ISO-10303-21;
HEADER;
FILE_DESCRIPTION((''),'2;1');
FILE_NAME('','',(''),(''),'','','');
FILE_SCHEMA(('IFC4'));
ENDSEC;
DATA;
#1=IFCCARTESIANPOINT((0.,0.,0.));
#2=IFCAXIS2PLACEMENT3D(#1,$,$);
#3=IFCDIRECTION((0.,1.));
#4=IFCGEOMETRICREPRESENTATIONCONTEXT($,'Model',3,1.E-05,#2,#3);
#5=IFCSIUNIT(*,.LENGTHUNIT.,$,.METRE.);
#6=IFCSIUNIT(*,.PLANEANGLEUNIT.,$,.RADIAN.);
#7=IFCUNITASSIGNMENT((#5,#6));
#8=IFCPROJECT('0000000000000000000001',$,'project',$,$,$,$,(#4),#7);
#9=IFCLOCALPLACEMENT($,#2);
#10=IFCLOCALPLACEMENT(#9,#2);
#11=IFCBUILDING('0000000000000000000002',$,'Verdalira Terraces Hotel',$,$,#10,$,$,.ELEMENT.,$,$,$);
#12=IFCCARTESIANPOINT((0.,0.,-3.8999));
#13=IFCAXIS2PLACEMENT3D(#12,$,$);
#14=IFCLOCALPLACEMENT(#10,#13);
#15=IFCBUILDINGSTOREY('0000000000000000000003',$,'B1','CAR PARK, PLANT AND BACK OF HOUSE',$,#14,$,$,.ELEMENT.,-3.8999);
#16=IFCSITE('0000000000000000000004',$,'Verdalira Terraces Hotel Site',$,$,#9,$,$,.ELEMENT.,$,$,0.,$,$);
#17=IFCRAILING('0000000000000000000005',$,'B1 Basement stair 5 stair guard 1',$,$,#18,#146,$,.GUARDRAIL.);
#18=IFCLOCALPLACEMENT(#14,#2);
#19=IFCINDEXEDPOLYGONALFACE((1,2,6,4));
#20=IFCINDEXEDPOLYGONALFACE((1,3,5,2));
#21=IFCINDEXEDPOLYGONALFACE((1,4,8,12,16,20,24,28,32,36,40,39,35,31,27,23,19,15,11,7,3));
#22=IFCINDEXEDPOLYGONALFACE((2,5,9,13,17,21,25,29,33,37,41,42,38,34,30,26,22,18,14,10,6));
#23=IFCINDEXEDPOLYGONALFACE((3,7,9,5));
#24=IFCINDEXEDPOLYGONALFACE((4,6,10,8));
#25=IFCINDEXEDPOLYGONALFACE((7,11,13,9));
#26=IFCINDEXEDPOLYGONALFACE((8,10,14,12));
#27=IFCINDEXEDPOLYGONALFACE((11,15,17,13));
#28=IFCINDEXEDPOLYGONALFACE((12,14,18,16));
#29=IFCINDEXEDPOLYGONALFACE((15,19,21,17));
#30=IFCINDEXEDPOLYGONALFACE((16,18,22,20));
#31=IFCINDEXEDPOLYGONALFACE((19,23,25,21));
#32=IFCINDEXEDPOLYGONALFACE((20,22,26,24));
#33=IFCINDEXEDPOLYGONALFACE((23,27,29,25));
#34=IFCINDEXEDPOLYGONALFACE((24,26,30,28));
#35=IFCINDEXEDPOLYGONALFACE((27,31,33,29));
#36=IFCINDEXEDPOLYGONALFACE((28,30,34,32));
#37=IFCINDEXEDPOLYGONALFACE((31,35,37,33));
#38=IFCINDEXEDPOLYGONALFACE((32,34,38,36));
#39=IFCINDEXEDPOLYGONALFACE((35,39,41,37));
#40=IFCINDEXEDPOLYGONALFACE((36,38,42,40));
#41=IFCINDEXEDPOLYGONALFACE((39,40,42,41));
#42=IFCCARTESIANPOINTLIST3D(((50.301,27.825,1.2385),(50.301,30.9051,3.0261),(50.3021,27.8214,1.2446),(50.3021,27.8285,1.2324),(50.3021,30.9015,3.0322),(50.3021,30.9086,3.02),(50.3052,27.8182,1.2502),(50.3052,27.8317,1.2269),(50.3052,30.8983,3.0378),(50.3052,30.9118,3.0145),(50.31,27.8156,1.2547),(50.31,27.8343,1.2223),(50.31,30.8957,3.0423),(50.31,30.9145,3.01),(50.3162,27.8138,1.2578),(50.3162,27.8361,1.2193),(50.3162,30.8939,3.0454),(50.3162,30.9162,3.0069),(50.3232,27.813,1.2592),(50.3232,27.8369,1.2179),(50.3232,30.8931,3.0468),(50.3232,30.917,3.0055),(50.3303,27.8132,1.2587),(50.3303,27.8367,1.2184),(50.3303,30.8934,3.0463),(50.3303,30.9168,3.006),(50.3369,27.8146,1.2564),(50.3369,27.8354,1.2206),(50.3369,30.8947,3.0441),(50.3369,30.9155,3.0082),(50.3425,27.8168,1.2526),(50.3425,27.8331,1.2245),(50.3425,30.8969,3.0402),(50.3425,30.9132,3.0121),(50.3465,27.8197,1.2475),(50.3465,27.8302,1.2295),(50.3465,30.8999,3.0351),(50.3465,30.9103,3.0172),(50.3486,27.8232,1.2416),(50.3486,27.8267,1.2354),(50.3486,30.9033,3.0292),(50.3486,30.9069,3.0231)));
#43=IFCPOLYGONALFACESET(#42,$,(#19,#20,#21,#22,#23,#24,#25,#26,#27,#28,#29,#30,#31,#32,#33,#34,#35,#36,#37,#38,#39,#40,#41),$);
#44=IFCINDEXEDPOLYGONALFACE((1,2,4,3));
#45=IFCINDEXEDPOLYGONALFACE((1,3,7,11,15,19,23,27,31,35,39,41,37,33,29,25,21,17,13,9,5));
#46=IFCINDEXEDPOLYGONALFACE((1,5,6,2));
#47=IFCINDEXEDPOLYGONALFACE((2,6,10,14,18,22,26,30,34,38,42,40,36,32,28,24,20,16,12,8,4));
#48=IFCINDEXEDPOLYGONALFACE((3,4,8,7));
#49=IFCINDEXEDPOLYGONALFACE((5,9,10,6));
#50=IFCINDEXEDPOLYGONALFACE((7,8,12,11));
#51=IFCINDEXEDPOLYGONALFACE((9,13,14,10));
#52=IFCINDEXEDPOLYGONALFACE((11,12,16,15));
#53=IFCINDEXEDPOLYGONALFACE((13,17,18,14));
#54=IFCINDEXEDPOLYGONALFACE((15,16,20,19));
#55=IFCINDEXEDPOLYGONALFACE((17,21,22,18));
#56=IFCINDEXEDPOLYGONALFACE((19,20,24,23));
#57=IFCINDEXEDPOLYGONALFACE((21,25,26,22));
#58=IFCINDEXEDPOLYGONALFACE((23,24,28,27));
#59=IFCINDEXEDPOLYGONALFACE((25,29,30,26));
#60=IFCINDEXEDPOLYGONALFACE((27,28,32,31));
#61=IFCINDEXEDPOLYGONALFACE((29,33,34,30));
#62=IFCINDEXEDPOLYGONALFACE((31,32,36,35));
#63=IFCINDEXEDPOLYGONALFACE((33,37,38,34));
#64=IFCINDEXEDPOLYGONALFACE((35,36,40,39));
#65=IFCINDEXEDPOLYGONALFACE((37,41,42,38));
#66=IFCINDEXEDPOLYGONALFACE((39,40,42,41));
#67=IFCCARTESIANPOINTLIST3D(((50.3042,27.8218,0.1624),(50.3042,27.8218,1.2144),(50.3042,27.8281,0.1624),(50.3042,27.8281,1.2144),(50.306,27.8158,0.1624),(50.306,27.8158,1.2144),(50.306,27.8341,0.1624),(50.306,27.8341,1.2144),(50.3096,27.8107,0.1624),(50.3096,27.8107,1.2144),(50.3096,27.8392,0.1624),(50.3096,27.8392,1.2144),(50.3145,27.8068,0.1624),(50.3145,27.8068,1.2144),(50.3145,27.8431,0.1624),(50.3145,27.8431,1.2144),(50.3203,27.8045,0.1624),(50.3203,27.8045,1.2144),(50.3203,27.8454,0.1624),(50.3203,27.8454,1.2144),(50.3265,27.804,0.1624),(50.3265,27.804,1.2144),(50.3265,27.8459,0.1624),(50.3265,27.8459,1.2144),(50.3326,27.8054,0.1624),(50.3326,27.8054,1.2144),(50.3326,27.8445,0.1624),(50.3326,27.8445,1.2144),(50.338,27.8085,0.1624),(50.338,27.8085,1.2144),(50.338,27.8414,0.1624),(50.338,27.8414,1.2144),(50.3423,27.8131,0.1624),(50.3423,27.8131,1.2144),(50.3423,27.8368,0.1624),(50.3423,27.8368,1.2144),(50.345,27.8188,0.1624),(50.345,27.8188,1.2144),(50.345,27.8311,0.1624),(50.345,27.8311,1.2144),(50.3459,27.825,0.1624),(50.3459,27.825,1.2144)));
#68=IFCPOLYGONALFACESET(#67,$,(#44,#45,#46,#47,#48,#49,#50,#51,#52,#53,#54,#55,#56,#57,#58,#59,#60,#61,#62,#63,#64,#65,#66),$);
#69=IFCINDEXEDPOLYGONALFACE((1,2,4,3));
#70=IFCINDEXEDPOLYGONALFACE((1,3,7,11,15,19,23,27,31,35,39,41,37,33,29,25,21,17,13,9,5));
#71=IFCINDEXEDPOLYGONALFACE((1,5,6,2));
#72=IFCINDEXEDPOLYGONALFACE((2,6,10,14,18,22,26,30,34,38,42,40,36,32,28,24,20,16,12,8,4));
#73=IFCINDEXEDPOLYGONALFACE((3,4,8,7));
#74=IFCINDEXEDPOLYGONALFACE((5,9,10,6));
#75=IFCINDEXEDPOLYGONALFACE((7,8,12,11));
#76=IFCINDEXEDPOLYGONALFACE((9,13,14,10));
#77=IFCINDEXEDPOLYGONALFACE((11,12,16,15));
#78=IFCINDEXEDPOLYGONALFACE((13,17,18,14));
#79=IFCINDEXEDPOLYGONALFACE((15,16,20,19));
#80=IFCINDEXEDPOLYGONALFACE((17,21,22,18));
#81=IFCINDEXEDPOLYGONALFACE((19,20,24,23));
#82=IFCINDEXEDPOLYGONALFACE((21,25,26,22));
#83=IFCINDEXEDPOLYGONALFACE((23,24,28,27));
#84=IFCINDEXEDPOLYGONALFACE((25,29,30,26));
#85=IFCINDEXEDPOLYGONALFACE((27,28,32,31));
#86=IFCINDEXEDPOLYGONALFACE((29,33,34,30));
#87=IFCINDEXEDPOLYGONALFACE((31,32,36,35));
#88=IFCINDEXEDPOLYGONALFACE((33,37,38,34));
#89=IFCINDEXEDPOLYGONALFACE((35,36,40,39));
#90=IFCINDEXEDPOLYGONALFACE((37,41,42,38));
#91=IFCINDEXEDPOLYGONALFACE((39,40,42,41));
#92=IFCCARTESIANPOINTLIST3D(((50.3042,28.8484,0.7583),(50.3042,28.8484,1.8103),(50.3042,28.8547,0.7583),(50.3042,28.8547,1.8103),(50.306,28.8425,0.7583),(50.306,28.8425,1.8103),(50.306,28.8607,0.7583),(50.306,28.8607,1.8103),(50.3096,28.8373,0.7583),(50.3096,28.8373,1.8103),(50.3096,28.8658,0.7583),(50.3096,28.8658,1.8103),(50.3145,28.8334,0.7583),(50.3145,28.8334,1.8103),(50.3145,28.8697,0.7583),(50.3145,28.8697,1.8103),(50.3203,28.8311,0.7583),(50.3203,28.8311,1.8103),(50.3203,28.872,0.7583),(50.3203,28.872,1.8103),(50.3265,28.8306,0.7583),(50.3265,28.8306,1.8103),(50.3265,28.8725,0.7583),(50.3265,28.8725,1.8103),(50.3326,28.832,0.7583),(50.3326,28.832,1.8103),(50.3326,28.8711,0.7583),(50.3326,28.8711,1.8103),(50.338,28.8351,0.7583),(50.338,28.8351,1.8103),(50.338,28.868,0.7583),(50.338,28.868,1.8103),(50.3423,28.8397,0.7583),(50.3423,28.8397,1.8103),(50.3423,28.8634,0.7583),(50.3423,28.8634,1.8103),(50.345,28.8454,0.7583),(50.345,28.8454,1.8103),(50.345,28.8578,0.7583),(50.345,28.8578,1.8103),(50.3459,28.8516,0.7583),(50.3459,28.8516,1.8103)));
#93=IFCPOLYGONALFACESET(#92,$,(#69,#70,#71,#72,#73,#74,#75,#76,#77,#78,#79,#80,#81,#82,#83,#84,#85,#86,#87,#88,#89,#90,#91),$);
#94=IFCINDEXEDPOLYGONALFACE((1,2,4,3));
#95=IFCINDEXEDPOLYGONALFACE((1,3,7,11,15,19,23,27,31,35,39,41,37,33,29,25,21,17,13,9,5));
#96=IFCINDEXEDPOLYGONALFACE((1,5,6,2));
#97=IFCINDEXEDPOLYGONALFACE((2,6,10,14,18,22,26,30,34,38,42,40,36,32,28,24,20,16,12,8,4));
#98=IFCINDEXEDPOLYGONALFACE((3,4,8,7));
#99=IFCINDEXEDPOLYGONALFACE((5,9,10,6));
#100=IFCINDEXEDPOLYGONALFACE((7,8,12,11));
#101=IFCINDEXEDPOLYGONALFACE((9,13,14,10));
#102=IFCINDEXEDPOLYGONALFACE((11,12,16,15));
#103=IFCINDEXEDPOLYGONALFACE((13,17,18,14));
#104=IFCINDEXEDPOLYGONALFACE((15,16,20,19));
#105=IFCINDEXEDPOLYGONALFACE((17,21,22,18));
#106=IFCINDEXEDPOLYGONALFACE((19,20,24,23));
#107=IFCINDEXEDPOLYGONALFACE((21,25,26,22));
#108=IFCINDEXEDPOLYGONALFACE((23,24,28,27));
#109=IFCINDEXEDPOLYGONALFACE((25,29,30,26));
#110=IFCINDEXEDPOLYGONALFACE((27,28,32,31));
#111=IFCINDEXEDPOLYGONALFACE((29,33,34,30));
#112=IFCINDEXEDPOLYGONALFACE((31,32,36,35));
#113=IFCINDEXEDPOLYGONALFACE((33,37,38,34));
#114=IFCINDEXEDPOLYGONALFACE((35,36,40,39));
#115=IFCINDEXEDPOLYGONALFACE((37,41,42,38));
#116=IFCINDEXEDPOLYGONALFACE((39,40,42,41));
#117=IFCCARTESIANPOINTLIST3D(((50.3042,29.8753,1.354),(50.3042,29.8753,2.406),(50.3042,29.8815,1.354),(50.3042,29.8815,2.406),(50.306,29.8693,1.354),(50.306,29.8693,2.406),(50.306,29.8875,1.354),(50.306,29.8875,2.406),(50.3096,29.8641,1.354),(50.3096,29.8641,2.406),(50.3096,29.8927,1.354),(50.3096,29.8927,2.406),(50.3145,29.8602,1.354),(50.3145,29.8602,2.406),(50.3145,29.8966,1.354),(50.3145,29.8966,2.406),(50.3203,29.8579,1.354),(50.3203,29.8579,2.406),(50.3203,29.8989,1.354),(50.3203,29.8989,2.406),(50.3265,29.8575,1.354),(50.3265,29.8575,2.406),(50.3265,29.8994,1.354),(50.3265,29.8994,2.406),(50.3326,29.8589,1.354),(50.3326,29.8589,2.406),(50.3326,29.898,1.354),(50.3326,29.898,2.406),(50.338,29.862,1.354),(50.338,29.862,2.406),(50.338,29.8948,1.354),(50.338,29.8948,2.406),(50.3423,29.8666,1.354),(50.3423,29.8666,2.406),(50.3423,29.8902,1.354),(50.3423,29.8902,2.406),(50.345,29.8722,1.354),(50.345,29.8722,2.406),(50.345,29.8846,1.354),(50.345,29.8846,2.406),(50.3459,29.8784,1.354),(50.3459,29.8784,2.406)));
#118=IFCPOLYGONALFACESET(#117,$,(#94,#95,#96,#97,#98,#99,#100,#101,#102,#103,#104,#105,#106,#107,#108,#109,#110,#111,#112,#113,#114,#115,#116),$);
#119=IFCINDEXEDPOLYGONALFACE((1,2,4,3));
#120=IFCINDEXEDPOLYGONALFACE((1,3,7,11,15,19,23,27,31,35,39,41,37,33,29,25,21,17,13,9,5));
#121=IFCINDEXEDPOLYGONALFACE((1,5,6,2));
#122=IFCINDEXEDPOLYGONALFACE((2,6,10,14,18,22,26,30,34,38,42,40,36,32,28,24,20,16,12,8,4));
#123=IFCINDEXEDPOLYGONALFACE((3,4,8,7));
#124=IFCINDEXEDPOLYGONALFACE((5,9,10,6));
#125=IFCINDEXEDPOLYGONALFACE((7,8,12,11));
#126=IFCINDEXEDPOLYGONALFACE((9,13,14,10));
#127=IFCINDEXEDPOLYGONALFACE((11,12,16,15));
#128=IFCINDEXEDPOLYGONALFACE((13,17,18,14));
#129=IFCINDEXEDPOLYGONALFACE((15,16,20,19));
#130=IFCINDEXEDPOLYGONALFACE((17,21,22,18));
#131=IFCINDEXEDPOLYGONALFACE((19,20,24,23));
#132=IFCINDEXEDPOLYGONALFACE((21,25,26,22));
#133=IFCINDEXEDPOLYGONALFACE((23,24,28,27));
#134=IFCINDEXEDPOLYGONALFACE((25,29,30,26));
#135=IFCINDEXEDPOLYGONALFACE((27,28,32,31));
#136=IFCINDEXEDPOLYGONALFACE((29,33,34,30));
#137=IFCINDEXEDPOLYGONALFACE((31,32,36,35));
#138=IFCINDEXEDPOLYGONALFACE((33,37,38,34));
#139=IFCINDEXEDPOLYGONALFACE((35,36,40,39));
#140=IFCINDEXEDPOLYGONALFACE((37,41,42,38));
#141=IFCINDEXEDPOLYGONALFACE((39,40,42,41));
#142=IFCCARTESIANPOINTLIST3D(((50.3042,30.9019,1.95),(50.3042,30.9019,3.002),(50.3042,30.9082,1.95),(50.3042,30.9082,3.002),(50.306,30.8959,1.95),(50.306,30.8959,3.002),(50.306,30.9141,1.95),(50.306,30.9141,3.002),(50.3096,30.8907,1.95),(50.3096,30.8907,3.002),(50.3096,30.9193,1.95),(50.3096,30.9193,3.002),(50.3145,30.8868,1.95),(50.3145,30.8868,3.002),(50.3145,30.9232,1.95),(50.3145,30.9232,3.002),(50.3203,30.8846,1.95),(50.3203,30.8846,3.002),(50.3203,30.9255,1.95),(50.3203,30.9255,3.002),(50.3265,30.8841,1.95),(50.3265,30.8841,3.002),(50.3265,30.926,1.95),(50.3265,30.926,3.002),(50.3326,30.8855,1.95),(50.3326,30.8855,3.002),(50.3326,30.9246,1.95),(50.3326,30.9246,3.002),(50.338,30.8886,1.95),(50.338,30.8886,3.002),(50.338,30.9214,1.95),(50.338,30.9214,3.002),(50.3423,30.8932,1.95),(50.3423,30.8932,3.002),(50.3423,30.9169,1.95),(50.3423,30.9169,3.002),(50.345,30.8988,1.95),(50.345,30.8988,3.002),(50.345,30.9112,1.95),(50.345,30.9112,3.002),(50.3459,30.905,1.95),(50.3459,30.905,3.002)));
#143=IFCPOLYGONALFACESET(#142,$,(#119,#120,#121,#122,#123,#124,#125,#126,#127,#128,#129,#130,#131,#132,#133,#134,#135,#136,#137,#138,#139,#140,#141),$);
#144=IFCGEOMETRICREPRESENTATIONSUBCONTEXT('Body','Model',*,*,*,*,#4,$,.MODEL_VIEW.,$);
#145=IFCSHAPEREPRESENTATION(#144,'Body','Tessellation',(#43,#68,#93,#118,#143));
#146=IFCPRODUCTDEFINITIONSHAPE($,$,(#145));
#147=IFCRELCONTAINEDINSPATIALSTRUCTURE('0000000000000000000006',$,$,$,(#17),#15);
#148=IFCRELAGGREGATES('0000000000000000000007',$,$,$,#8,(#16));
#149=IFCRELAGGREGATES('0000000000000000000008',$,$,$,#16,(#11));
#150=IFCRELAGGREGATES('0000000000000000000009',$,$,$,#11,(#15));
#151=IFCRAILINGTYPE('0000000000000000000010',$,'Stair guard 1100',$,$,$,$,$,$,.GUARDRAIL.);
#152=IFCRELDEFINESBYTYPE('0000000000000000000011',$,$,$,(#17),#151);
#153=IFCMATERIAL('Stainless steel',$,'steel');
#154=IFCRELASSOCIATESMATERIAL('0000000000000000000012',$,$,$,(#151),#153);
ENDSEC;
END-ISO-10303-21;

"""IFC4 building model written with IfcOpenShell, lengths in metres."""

from ifc_helpers import new_model, si_unit, direction, frame, origin, origin_2d, place, context, subcontext, project, spatial, circle, extrude, material, type_object, element, save


model = new_model("IFC4")

# Units and contexts
model_context = context("Model", 3, precision=1e-05, world=origin(), true_north=direction((0.0, 1.0)))
body_context = subcontext(model_context, "Body", "Model", "MODEL_VIEW")
ifc_project = project(units=[si_unit("LENGTHUNIT", "METRE"), si_unit("PLANEANGLEUNIT", "RADIAN")], contexts=[model_context])

# Site, building, storey
site_placement = place(None, origin())
site = spatial("IfcSite", under=ifc_project, at=site_placement, Name="Verdalira Terraces Hotel Site", CompositionType="ELEMENT", RefElevation=0.0)
building_placement = place(site_placement, origin())
building = spatial("IfcBuilding", under=site, at=building_placement, Name="Verdalira Terraces Hotel", CompositionType="ELEMENT")
storey_placement = place(building_placement, frame((0.0, 0.0, -3.8999)))
storey = spatial("IfcBuildingStorey", under=building, at=storey_placement, Name="B1", Description="CAR PARK, PLANT AND BACK OF HOUSE", CompositionType="ELEMENT", Elevation=-3.8999)

# Railing
ifc_material_1 = material(Name="Stainless steel", Category="steel")
railing_type_1 = type_object("IfcRailingType", Name="Stair guard 1100", PredefinedType="GUARDRAIL", material=ifc_material_1)
railing_1_placement = place(storey_placement, frame((50.325, 27.825, 0.1624)))
element("IfcRailing", 1, at=railing_1_placement, inside=storey, type_object=railing_type_1, Name="B1 Basement stair 5 stair guard 1", PredefinedType="GUARDRAIL", context=body_context, shape_type="SweptSolid", body=[
    extrude(circle(Radius=0.0239, at=origin_2d()), frame((0.0, 0.0, 1.0762), z_axis=(0.0, 0.864891, 0.50196), x_axis=(-1.0, 0.0, 0.0)), (0.0, 0.0, 1.0), 3.5613),
    extrude(circle(Radius=0.021, at=origin_2d()), origin(), (0.0, 0.0, 1.0), 1.052),
    extrude(circle(Radius=0.021, at=origin_2d()), frame((0.0, 1.0266, 0.5959)), (0.0, 0.0, 1.0), 1.052),
    extrude(circle(Radius=0.021, at=origin_2d()), frame((0.0, 2.0535, 1.1917)), (0.0, 0.0, 1.0), 1.052),
    extrude(circle(Radius=0.021, at=origin_2d()), frame((0.0, 3.0801, 1.7876)), (0.0, 0.0, 1.0), 1.052),
])

save(model, "model.ifc")
